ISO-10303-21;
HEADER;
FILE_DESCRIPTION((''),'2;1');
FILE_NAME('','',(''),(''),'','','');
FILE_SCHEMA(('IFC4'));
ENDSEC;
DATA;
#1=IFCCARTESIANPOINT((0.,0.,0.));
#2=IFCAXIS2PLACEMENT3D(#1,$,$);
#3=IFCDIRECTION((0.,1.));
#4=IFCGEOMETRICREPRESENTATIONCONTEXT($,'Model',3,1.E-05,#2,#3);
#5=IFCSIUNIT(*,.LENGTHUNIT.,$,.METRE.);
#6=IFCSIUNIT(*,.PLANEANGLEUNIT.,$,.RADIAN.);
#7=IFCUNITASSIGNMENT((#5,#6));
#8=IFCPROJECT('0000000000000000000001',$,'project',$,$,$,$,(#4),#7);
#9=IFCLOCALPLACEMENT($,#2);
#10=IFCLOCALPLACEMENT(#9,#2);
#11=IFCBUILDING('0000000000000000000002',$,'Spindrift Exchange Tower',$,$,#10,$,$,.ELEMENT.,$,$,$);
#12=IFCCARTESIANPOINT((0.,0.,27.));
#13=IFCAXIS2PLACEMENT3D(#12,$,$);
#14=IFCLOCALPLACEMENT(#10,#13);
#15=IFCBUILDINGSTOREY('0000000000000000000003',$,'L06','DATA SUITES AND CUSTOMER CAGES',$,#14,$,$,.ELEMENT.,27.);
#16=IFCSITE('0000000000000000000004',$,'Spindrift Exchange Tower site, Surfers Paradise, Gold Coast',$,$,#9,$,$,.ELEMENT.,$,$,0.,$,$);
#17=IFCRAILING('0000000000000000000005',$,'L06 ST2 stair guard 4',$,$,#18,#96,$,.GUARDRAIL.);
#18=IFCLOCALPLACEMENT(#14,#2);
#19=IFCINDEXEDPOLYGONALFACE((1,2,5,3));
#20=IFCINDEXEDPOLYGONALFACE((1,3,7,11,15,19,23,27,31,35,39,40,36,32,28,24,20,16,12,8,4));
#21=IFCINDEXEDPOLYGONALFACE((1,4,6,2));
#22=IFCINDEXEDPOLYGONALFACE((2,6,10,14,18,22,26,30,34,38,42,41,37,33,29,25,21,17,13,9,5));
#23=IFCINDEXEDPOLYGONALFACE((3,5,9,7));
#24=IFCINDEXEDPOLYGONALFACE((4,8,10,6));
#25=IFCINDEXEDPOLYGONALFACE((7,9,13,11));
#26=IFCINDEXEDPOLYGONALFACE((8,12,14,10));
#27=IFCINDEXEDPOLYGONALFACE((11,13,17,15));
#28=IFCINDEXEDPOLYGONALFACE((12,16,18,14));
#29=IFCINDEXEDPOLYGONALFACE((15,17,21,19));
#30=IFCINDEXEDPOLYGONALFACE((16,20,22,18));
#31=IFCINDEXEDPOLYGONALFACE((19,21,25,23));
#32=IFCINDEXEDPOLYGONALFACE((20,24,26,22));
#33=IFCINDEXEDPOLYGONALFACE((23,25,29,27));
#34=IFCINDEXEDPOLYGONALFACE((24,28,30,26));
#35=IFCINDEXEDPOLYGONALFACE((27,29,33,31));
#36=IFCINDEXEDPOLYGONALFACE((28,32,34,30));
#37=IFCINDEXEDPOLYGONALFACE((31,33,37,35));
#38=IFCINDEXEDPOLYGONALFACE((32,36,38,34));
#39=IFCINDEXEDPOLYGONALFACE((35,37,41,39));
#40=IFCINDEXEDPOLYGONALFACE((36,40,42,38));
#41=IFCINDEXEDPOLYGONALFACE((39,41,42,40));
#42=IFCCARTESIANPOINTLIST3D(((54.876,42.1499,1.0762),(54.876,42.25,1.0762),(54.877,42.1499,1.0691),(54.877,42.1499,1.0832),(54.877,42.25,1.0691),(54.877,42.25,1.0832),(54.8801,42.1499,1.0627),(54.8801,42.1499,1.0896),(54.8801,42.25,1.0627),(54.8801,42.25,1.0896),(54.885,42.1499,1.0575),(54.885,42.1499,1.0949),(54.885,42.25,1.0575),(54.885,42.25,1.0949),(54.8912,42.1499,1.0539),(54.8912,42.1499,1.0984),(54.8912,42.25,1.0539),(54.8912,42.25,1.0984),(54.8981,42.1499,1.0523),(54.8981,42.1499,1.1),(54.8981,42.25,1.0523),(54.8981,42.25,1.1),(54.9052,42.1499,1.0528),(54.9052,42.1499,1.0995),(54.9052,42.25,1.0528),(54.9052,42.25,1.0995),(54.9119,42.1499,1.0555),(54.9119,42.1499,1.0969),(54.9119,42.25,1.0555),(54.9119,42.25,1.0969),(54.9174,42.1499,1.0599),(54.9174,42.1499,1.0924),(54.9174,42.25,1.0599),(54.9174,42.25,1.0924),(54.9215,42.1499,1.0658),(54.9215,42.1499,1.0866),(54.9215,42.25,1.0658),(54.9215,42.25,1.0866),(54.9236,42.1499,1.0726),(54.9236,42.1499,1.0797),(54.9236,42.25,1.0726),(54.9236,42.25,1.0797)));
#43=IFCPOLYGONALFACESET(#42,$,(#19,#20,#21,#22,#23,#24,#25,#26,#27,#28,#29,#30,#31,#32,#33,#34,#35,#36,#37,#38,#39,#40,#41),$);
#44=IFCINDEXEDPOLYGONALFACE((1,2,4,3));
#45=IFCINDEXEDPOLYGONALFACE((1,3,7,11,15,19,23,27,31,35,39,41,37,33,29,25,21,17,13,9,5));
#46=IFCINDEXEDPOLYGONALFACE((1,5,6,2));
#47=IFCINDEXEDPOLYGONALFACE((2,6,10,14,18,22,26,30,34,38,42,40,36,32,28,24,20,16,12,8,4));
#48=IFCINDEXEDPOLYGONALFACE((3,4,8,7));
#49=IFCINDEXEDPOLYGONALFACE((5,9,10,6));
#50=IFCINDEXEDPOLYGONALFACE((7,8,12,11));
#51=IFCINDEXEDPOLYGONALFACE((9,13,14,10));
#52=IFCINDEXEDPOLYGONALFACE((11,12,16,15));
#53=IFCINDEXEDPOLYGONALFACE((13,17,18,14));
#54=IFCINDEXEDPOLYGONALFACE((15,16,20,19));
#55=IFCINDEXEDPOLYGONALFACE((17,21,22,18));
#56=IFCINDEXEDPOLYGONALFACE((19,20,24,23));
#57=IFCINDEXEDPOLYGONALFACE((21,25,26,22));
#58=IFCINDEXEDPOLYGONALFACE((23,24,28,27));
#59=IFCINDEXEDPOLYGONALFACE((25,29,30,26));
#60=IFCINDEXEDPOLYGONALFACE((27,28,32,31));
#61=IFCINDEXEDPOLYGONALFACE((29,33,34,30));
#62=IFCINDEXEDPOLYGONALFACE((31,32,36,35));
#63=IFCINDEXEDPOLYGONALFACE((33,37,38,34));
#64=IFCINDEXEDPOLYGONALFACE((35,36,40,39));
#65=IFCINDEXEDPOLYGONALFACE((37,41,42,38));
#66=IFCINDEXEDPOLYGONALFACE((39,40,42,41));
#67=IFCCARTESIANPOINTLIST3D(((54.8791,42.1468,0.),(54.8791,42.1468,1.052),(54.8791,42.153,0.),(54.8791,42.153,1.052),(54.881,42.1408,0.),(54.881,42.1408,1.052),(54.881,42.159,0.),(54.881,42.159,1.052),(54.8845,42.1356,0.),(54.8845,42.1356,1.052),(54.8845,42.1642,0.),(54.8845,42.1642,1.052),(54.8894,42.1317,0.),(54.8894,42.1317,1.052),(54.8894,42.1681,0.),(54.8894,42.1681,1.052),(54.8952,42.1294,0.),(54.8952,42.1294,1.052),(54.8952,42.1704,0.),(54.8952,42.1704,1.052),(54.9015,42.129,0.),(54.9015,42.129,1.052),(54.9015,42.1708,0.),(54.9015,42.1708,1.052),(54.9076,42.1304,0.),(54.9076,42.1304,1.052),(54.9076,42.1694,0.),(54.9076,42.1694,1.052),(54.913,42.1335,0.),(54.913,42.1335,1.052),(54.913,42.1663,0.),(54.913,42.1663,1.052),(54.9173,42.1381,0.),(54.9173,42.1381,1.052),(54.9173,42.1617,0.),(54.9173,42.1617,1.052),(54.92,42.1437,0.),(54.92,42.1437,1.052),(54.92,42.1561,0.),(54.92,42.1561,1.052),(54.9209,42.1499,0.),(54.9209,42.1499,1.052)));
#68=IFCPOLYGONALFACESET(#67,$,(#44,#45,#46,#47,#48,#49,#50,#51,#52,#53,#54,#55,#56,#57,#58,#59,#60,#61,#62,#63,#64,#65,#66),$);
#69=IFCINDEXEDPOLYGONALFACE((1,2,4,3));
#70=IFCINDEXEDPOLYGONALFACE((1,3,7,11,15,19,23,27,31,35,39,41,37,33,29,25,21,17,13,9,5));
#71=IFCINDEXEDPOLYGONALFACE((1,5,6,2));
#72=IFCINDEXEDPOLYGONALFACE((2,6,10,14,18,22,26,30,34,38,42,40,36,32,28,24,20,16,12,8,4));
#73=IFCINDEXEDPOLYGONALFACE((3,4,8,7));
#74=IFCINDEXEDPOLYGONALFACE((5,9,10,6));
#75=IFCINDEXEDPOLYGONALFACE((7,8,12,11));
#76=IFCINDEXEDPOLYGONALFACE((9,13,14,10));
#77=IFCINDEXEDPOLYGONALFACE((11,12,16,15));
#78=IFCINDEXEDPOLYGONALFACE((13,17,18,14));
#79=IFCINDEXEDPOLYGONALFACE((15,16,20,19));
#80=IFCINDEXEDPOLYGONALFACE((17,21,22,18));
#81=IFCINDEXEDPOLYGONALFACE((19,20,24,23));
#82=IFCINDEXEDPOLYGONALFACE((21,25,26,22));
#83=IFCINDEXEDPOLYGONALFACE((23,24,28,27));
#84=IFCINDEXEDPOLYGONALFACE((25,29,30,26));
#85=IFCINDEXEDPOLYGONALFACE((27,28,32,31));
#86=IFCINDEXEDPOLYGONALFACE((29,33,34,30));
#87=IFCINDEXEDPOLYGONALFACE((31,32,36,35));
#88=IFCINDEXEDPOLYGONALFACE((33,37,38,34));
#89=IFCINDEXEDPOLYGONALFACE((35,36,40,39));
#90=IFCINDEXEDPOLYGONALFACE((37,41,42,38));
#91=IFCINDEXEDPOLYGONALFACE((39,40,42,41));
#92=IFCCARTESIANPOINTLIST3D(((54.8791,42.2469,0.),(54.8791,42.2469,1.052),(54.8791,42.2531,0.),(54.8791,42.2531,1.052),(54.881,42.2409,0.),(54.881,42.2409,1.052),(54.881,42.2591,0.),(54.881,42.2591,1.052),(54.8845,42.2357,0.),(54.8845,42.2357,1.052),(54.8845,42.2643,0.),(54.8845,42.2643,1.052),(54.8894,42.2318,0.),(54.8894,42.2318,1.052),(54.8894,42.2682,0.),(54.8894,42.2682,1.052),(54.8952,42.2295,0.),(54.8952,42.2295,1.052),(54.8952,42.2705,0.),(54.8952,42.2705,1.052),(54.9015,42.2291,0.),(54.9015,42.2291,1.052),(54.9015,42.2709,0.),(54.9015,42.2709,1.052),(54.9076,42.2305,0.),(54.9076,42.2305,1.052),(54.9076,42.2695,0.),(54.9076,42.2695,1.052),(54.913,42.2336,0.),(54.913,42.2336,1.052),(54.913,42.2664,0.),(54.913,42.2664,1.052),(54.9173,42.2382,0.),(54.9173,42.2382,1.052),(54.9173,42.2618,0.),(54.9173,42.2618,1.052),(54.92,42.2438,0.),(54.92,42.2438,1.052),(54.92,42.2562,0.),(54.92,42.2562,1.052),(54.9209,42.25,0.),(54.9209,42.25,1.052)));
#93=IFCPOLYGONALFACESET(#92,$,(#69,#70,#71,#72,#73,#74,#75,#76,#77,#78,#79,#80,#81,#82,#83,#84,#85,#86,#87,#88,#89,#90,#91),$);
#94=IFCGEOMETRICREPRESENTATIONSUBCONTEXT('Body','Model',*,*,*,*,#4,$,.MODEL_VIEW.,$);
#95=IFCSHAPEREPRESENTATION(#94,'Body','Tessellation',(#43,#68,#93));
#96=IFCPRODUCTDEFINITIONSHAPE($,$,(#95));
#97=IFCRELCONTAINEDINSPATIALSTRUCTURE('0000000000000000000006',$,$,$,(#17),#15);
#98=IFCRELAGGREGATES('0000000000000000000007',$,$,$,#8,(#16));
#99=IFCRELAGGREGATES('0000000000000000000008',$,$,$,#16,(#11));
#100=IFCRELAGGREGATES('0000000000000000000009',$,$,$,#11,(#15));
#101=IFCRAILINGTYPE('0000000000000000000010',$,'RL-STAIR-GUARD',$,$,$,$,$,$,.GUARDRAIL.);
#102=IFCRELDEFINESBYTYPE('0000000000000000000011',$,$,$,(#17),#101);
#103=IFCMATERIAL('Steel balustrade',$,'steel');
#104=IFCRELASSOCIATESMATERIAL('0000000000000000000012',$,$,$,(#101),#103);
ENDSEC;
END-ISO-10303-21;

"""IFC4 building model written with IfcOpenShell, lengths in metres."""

from ifc_helpers import new_model, si_unit, direction, frame, origin, origin_2d, place, context, subcontext, project, spatial, circle, extrude, material, type_object, element, save


model = new_model("IFC4")

# Units and contexts
model_context = context("Model", 3, precision=1e-05, world=origin(), true_north=direction((0.0, 1.0)))
body_context = subcontext(model_context, "Body", "Model", "MODEL_VIEW")
ifc_project = project(units=[si_unit("LENGTHUNIT", "METRE"), si_unit("PLANEANGLEUNIT", "RADIAN")], contexts=[model_context])

# Site, building, storey
site_placement = place(None, origin())
site = spatial("IfcSite", under=ifc_project, at=site_placement, Name="Spindrift Exchange Tower site, Surfers Paradise, Gold Coast", CompositionType="ELEMENT", RefElevation=0.0)
building_placement = place(site_placement, origin())
building = spatial("IfcBuilding", under=site, at=building_placement, Name="Spindrift Exchange Tower", CompositionType="ELEMENT")
storey_placement = place(building_placement, frame((0.0, 0.0, 27.0)))
storey = spatial("IfcBuildingStorey", under=building, at=storey_placement, Name="L06", Description="DATA SUITES AND CUSTOMER CAGES", CompositionType="ELEMENT", Elevation=27.0)

# Railing
ifc_material_1 = material(Name="Steel balustrade", Category="steel")
railing_type_1 = type_object("IfcRailingType", Name="RL-STAIR-GUARD", PredefinedType="GUARDRAIL", material=ifc_material_1)
railing_1_placement = place(storey_placement, frame((54.8999, 42.1499, 0.0)))
element("IfcRailing", 1, at=railing_1_placement, inside=storey, type_object=railing_type_1, Name="L06 ST2 stair guard 4", PredefinedType="GUARDRAIL", context=body_context, shape_type="SweptSolid", body=[
    extrude(circle(Radius=0.0239, at=origin_2d()), frame((0.0, 0.0, 1.0762), z_axis=(0.0, 1.0, 0.0), x_axis=(-1.0, 0.0, 0.0)), (0.0, 0.0, 1.0), 0.1001),
    extrude(circle(Radius=0.021, at=origin_2d()), origin(), (0.0, 0.0, 1.0), 1.052),
    extrude(circle(Radius=0.021, at=origin_2d()), frame((0.0, 0.1001, 0.0)), (0.0, 0.0, 1.0), 1.052),
])

save(model, "model.ifc")
